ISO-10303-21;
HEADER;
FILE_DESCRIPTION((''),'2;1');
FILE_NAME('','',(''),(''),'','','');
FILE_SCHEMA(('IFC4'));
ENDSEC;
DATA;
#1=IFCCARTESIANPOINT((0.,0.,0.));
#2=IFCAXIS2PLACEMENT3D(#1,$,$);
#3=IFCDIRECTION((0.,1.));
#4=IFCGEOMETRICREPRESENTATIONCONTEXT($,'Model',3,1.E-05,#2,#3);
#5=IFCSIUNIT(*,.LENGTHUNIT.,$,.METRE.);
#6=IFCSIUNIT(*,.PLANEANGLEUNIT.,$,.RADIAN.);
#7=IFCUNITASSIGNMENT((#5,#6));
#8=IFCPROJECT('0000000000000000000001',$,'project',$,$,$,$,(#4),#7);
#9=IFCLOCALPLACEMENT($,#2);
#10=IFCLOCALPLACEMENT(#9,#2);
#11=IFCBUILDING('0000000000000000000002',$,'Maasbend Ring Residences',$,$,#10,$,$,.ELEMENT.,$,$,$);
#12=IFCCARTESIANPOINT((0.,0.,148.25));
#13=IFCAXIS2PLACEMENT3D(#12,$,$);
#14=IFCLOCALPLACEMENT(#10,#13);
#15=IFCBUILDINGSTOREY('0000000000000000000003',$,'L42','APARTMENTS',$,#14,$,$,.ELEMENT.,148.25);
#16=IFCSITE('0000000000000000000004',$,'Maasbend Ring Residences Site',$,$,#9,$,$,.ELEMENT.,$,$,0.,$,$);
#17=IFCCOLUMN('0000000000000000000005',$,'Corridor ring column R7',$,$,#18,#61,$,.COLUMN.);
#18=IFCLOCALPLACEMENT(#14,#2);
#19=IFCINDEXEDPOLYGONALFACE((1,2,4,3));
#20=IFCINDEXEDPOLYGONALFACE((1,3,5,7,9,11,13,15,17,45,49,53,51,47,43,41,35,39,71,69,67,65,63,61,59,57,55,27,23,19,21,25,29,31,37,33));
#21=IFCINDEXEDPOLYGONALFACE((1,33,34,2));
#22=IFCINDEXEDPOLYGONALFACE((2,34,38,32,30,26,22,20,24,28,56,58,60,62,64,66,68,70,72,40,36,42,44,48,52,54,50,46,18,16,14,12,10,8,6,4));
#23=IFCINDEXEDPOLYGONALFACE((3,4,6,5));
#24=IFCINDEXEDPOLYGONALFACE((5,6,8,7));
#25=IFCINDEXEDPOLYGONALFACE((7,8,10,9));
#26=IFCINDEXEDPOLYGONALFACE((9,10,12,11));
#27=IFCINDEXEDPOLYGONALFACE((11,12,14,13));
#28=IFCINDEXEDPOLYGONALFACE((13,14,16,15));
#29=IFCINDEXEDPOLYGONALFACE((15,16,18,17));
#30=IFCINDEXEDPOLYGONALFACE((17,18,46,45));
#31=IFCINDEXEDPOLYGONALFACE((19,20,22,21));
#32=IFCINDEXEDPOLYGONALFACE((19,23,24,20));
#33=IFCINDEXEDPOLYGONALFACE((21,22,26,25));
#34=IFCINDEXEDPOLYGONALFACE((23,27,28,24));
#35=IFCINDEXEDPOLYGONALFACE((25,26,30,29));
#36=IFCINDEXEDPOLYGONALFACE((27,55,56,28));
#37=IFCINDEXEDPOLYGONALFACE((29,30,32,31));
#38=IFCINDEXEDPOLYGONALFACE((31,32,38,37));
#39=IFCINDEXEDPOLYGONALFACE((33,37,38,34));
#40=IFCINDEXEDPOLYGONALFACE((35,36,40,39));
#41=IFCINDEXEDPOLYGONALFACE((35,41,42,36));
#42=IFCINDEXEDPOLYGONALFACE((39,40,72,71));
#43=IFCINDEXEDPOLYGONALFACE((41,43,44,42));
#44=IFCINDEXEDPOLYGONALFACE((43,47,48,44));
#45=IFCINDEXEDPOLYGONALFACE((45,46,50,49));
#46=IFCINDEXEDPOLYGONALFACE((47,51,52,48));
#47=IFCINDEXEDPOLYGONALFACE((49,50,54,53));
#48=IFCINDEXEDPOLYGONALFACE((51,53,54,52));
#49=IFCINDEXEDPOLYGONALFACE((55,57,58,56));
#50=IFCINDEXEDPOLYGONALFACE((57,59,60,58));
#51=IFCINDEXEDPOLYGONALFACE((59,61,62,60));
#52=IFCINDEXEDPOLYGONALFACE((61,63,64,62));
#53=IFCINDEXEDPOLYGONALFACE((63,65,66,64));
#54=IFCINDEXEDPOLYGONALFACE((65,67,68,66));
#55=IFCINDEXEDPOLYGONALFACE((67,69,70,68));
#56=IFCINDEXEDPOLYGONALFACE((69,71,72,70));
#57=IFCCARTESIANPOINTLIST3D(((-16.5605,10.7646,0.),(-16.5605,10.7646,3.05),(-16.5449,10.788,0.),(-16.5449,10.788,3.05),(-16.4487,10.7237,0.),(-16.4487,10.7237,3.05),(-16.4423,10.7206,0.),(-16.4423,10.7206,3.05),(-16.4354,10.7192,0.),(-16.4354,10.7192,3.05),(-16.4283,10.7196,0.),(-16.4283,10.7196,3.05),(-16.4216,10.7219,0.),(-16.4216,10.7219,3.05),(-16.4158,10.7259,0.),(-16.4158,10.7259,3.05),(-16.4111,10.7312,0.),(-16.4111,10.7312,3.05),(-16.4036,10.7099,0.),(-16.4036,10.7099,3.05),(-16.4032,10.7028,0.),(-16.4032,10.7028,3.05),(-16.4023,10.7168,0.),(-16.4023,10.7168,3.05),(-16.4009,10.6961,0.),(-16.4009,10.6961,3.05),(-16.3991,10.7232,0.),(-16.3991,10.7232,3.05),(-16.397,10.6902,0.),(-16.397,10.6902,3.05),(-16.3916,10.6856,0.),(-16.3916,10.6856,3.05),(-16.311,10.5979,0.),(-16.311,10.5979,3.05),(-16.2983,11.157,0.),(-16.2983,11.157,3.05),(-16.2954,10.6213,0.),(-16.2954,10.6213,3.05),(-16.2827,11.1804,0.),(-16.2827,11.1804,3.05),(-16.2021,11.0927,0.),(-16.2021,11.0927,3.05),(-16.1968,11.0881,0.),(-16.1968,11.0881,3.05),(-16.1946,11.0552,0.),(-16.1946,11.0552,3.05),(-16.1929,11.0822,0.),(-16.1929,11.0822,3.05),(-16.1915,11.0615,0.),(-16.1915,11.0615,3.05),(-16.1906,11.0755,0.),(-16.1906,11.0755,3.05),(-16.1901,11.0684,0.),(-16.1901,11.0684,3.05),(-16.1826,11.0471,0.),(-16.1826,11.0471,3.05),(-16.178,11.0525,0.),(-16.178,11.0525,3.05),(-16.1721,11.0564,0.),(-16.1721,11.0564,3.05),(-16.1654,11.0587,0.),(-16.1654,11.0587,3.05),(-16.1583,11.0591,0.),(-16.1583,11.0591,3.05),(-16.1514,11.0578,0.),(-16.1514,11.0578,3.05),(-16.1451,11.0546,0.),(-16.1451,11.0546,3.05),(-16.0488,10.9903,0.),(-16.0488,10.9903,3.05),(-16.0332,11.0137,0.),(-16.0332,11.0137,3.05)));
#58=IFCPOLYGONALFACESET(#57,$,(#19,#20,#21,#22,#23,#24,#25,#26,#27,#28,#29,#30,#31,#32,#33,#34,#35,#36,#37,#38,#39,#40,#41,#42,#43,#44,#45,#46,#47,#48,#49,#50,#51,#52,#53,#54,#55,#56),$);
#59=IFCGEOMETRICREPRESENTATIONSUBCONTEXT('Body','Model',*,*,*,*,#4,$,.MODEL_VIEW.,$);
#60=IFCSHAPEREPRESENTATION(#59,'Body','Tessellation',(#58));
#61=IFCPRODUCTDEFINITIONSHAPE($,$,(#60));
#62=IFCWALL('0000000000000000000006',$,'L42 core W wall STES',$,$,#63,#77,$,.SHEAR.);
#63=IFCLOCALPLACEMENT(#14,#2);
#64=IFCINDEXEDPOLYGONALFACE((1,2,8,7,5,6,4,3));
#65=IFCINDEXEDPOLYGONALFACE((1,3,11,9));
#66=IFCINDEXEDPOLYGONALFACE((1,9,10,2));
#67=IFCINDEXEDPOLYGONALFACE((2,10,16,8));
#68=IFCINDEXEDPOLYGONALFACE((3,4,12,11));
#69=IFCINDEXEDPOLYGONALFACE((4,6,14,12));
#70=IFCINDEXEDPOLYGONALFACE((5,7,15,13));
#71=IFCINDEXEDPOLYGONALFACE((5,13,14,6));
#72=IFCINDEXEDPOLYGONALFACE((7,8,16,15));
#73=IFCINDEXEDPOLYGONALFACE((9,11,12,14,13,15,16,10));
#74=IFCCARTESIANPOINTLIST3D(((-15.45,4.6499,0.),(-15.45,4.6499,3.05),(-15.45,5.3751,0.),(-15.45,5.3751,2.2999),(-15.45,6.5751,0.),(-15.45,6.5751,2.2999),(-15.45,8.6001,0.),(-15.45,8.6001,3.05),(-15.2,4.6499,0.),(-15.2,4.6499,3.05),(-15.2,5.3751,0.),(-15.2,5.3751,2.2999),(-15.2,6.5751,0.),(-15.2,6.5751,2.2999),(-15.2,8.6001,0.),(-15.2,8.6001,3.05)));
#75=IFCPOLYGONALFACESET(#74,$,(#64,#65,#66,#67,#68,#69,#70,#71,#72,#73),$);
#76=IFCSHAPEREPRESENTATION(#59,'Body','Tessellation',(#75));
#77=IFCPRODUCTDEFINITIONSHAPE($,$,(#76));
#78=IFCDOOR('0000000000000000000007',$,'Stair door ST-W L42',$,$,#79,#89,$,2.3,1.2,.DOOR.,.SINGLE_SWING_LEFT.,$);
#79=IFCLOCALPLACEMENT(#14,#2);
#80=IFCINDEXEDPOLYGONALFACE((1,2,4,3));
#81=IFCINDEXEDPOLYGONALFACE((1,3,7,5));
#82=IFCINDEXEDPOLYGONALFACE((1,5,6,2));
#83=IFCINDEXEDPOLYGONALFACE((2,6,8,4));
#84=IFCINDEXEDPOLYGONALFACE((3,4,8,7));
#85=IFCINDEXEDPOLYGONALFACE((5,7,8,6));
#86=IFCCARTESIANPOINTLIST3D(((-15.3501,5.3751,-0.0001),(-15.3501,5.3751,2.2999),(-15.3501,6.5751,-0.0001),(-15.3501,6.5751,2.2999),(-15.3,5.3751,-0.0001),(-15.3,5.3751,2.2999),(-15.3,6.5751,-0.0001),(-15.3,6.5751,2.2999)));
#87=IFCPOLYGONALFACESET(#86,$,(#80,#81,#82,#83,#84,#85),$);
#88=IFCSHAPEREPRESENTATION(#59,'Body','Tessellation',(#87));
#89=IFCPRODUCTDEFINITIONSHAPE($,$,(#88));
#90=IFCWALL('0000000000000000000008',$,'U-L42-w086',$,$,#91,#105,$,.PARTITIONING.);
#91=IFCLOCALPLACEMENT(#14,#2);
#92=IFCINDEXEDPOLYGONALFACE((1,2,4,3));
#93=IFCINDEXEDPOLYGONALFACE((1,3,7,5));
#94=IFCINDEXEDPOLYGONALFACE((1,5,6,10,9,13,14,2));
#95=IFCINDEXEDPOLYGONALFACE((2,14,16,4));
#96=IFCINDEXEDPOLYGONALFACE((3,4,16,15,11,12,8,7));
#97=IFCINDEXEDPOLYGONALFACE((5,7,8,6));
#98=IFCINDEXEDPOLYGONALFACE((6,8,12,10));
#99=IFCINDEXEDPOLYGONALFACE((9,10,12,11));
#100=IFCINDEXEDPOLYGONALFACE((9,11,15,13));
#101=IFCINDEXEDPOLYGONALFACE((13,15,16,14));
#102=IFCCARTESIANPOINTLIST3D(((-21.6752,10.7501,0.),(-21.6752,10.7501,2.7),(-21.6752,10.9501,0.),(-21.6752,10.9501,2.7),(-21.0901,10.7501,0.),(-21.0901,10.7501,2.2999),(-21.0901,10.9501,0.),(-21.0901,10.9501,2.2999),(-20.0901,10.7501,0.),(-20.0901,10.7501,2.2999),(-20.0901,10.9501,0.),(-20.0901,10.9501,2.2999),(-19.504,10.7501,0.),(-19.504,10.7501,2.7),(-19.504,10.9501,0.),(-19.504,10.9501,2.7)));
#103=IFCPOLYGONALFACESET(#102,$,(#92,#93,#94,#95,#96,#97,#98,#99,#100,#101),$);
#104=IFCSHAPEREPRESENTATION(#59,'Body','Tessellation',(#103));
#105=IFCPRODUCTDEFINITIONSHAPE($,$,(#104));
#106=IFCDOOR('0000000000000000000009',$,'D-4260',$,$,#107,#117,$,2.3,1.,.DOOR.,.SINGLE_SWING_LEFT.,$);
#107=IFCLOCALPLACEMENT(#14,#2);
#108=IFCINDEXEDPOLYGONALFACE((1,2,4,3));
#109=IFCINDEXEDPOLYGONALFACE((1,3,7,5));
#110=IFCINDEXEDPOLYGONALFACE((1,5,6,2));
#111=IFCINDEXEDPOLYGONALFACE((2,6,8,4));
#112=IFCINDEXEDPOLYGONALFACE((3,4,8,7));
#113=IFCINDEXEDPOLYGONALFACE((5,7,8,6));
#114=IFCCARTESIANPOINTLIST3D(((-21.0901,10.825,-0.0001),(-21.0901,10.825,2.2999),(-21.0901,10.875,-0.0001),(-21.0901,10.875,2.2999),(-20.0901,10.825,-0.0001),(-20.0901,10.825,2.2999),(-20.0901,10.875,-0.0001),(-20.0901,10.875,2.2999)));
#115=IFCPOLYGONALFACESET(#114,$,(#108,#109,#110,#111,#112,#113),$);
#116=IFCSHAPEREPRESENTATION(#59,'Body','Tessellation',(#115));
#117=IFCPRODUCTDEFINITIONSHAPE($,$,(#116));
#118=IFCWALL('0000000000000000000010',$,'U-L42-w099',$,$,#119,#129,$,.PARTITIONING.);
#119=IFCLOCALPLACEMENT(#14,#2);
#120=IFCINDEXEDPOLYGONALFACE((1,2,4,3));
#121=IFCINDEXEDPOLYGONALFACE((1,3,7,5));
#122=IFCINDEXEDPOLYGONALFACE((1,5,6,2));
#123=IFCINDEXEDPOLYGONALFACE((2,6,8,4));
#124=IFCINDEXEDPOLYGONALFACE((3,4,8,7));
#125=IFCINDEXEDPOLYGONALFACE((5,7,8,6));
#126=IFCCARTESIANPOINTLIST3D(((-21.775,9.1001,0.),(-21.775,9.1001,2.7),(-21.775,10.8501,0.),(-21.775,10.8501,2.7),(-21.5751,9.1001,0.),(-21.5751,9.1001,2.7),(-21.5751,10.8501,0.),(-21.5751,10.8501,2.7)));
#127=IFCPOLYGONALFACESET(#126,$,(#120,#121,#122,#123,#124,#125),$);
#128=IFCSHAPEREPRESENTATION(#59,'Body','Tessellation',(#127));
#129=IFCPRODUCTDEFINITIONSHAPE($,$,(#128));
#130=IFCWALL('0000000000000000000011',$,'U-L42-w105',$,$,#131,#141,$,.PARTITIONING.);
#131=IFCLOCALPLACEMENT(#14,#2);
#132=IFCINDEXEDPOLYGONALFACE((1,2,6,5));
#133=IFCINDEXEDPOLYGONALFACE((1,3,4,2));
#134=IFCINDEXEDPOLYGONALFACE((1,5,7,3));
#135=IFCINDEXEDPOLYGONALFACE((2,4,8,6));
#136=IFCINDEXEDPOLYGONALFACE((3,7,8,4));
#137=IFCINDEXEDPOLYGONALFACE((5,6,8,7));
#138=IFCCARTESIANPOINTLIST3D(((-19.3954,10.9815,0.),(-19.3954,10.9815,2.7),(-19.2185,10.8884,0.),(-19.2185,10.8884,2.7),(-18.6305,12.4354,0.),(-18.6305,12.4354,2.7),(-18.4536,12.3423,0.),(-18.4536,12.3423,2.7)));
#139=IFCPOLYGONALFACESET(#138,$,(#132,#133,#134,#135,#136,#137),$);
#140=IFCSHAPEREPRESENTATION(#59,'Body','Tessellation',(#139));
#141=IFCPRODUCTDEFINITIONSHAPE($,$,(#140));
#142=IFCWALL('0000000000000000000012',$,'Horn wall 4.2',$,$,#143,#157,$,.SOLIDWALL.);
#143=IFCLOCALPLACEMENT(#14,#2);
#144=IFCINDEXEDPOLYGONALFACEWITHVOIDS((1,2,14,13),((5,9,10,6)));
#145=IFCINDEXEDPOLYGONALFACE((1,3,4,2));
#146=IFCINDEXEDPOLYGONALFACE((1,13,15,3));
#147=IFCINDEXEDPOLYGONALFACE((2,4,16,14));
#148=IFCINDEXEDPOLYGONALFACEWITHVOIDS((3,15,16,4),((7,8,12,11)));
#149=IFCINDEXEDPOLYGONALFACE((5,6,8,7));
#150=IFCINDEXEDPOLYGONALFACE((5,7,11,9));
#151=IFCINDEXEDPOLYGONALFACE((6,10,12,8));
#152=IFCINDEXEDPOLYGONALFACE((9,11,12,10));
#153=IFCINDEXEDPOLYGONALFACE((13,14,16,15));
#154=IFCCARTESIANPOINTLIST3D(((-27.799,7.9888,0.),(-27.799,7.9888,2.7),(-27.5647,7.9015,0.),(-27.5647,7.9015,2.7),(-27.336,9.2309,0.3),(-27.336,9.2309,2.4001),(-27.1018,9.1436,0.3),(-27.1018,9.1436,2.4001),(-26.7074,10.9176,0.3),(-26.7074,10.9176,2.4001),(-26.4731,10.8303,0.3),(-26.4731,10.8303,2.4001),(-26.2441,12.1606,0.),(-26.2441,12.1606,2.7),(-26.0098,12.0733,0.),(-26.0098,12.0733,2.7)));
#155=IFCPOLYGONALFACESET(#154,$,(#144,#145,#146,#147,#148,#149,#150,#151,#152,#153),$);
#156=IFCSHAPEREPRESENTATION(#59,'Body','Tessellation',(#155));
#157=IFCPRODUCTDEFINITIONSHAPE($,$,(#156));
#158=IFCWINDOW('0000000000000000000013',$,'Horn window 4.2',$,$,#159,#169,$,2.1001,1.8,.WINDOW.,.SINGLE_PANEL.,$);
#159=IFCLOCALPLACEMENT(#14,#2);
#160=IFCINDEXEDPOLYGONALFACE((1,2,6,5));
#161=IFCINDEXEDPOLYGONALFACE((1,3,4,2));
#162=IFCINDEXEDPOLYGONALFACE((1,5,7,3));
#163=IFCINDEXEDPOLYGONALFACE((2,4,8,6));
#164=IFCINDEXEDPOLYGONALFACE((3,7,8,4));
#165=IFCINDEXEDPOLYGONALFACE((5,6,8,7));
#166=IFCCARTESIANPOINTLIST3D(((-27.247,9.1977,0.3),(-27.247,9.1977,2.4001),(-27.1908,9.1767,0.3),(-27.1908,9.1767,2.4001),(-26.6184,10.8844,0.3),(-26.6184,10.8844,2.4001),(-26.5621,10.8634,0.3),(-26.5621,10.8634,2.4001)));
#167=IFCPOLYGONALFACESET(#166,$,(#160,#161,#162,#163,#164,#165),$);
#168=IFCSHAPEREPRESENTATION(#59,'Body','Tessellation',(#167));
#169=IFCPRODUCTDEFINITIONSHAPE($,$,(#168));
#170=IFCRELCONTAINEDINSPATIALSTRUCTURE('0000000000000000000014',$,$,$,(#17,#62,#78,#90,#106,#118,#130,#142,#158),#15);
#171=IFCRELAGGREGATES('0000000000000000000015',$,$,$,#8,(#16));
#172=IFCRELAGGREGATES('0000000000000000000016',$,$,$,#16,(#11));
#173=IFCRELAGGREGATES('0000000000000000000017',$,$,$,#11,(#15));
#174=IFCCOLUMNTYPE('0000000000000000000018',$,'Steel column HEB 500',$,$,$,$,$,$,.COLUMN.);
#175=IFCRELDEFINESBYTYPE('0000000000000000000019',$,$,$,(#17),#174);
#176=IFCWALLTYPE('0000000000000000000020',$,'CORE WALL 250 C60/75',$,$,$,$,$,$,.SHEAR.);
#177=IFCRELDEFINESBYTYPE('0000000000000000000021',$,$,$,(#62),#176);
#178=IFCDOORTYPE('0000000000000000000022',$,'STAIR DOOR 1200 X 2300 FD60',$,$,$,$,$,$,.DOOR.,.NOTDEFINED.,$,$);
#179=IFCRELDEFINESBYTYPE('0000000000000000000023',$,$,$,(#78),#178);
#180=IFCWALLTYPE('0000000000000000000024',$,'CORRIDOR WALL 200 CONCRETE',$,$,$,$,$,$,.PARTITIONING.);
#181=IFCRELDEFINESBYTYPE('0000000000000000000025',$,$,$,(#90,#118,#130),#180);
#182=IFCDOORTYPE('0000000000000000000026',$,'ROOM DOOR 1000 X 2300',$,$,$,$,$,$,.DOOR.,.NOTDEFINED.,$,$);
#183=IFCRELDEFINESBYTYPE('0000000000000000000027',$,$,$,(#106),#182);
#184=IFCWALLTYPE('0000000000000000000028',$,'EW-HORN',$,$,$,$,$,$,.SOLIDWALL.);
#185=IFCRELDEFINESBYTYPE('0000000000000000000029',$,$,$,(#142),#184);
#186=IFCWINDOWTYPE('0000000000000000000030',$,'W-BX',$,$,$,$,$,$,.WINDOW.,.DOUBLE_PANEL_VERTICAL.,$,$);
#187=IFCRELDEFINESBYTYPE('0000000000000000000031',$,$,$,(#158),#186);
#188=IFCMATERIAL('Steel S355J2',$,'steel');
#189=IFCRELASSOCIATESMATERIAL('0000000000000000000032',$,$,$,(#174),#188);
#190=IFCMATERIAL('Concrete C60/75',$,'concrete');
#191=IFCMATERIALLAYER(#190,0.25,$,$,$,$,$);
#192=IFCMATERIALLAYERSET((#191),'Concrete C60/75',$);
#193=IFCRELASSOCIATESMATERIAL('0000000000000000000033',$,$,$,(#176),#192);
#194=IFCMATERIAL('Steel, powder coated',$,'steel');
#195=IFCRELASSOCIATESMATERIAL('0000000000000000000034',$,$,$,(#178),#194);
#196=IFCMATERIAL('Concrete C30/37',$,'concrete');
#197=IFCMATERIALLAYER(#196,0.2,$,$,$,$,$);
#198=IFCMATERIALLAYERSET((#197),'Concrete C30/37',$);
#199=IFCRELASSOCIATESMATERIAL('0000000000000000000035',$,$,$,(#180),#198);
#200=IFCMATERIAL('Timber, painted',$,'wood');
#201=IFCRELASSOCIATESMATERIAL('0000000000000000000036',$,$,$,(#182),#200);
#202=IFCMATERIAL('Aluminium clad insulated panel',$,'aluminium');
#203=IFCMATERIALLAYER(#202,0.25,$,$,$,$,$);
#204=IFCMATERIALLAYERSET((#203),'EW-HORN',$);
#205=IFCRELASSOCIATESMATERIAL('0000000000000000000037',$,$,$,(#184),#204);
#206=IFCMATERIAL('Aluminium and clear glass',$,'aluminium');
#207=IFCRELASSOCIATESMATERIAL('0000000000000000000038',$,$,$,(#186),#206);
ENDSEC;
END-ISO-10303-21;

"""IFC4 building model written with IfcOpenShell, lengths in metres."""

from ifc_helpers import new_model, si_unit, direction, frame, frame_2d, origin, origin_2d, place, context, subcontext, project, spatial, rectangle, i_section, extrude, material, layer, layer_set, material_profile, profile_set, type_object, element, fill, save


model = new_model("IFC4")

# Units and contexts
model_context = context("Model", 3, precision=1e-05, world=origin(), true_north=direction((0.0, 1.0)))
body_context = subcontext(model_context, "Body", "Model", "MODEL_VIEW")
ifc_project = project(units=[si_unit("LENGTHUNIT", "METRE"), si_unit("PLANEANGLEUNIT", "RADIAN")], contexts=[model_context])

# Site, building, storey
site_placement = place(None, origin())
site = spatial("IfcSite", under=ifc_project, at=site_placement, Name="Maasbend Ring Residences Site", CompositionType="ELEMENT", RefElevation=0.0)
building_placement = place(site_placement, origin())
building = spatial("IfcBuilding", under=site, at=building_placement, Name="Maasbend Ring Residences", CompositionType="ELEMENT")
storey_placement = place(building_placement, frame((0.0, 0.0, 148.25)))
storey = spatial("IfcBuildingStorey", under=building, at=storey_placement, Name="L42", Description="APARTMENTS", CompositionType="ELEMENT", Elevation=148.25)

# Column
ifc_material_1 = material(Name="Steel S355J2", Category="steel")
ifc_material_profile = material_profile(ifc_material_1, i_section(OverallWidth=0.3, OverallDepth=0.5, WebThickness=0.0144, FlangeThickness=0.0281, FilletRadius=0.0271, at=origin_2d()), Name="HEB 500")
ifc_profile_set = profile_set([ifc_material_profile], Name="Steel S355J2")
column_type = type_object("IfcColumnType", Name="Steel column HEB 500", PredefinedType="COLUMN", material=ifc_profile_set)
column_placement = place(storey_placement, frame((-16.2969, 10.8892, 0.0), z_axis=(0.0, 0.0, 1.0), x_axis=(-0.83147, 0.55557, 0.0)))
element("IfcColumn", 1, at=column_placement, inside=storey, type_object=column_type, Name="Corridor ring column R7", PredefinedType="COLUMN", context=body_context, shape_type="SweptSolid", body=[
    extrude(i_section(OverallWidth=0.3, OverallDepth=0.5, WebThickness=0.0144, FlangeThickness=0.0281, FilletRadius=0.0271, at=origin_2d()), origin(), (0.0, 0.0, 1.0), 3.05),
])

# Walls, openings, doors
ifc_material_2 = material(Name="Concrete C60/75", Category="concrete")
ifc_layer_1 = layer(ifc_material_2, 0.25)
ifc_layer_set_1 = layer_set([ifc_layer_1], Name="Concrete C60/75")
wall_type_1 = type_object("IfcWallType", Name="CORE WALL 250 C60/75", PredefinedType="SHEAR", material=ifc_layer_set_1)
wall_1_placement = place(storey_placement, frame((-15.325, 8.6001, 0.0), z_axis=(0.0, 0.0, 1.0), x_axis=(0.0, -1.0, 0.0)))
wall_1 = element("IfcWall", 2, at=wall_1_placement, inside=storey, type_object=wall_type_1, Name="L42 core W wall STES", PredefinedType="SHEAR", context=body_context, shape_type="SweptSolid", body=[
    extrude(rectangle(XDim=3.9502, YDim=0.25, at=frame_2d((1.9751, 0.0))), origin(), (0.0, 0.0, 1.0), 3.05),
])
opening_1_placement = place(wall_1_placement, frame((2.0249, 0.0, 0.0)))
opening_1 = element("IfcOpeningElement", 3, at=opening_1_placement, cuts=wall_1, PredefinedType="OPENING", context=body_context, shape_type="SweptSolid", body=[
    extrude(rectangle(XDim=1.2, YDim=2.3, at=frame_2d((0.6001, 1.1499))), frame((0.0, 0.135, 0.0), z_axis=(0.0, -1.0, 0.0), x_axis=(1.0, 0.0, 0.0)), (0.0, 0.0, 1.0), 0.27),
])
ifc_material_3 = material(Name="Steel, powder coated", Category="steel")
door_type_1 = type_object("IfcDoorType", Name="STAIR DOOR 1200 X 2300 FD60", OperationType="NOTDEFINED", PredefinedType="DOOR", material=ifc_material_3)
door_1_placement = place(opening_1_placement, origin())
door_1 = element("IfcDoor", 4, at=door_1_placement, inside=storey, type_object=door_type_1, Name="Stair door ST-W L42", OperationType="SINGLE_SWING_LEFT", OverallHeight=2.3, OverallWidth=1.2, PredefinedType="DOOR", context=body_context, shape_type="SweptSolid", body=[
    extrude(rectangle(XDim=1.2, YDim=2.3, at=frame_2d((0.6001, 1.1499))), frame((0.0, 0.0249, 0.0), z_axis=(0.0, -1.0, 0.0), x_axis=(1.0, 0.0, 0.0)), (0.0, 0.0, 1.0), 0.05),
])
fill(opening_1, door_1)
ifc_material_4 = material(Name="Concrete C30/37", Category="concrete")
ifc_layer_2 = layer(ifc_material_4, 0.2)
ifc_layer_set_2 = layer_set([ifc_layer_2], Name="Concrete C30/37")
wall_type_2 = type_object("IfcWallType", Name="CORRIDOR WALL 200 CONCRETE", PredefinedType="PARTITIONING", material=ifc_layer_set_2)
wall_2_placement = place(storey_placement, frame((-21.675, 10.8501, 0.0), z_axis=(0.0, 0.0, 1.0), x_axis=(1.0, 0.0, 0.0)))
wall_2 = element("IfcWall", 5, at=wall_2_placement, inside=storey, type_object=wall_type_2, Name="U-L42-w086", PredefinedType="PARTITIONING", context=body_context, shape_type="SweptSolid", body=[
    extrude(rectangle(XDim=2.1711, YDim=0.2, at=frame_2d((1.0854, 0.0))), origin(), (0.0, 0.0, 1.0), 2.7),
])
opening_2_placement = place(wall_2_placement, frame((0.585, 0.0, 0.0)))
opening_2 = element("IfcOpeningElement", 6, at=opening_2_placement, cuts=wall_2, PredefinedType="OPENING", context=body_context, shape_type="SweptSolid", body=[
    extrude(rectangle(XDim=1.0, YDim=2.3, at=frame_2d((0.5, 1.1499))), frame((0.0, 0.1099, 0.0), z_axis=(0.0, -1.0, 0.0), x_axis=(1.0, 0.0, 0.0)), (0.0, 0.0, 1.0), 0.22),
])
ifc_material_5 = material(Name="Timber, painted", Category="wood")
door_type_2 = type_object("IfcDoorType", Name="ROOM DOOR 1000 X 2300", OperationType="NOTDEFINED", PredefinedType="DOOR", material=ifc_material_5)
door_2_placement = place(opening_2_placement, origin())
door_2 = element("IfcDoor", 7, at=door_2_placement, inside=storey, type_object=door_type_2, Name="D-4260", OperationType="SINGLE_SWING_LEFT", OverallHeight=2.3, OverallWidth=1.0, PredefinedType="DOOR", context=body_context, shape_type="SweptSolid", body=[
    extrude(rectangle(XDim=1.0, YDim=2.3, at=frame_2d((0.5, 1.1499))), frame((0.0, 0.0249, 0.0), z_axis=(0.0, -1.0, 0.0), x_axis=(1.0, 0.0, 0.0)), (0.0, 0.0, 1.0), 0.05),
])
fill(opening_2, door_2)

# Walls
wall_3_placement = place(storey_placement, frame((-21.675, 9.1001, 0.0), z_axis=(0.0, 0.0, 1.0), x_axis=(0.0, 1.0, 0.0)))
element("IfcWall", 8, at=wall_3_placement, inside=storey, type_object=wall_type_2, Name="U-L42-w099", PredefinedType="PARTITIONING", context=body_context, shape_type="SweptSolid", body=[
    extrude(rectangle(XDim=1.75, YDim=0.2, at=frame_2d((0.875, 0.0))), origin(), (0.0, 0.0, 1.0), 2.7),
])
wall_4_placement = place(storey_placement, frame((-19.3069, 10.9351, 0.0), z_axis=(0.0, 0.0, 1.0), x_axis=(0.465606, 0.884992, 0.0)))
element("IfcWall", 9, at=wall_4_placement, inside=storey, type_object=wall_type_2, Name="U-L42-w105", PredefinedType="PARTITIONING", context=body_context, shape_type="SweptSolid", body=[
    extrude(rectangle(XDim=1.6428, YDim=0.2, at=frame_2d((0.8213, 0.0))), origin(), (0.0, 0.0, 1.0), 2.7),
])

# Wall, opening, window
ifc_material_6 = material(Name="Aluminium clad insulated panel", Category="aluminium")
ifc_layer_3 = layer(ifc_material_6, 0.25)
ifc_layer_set_3 = layer_set([ifc_layer_3], Name="EW-HORN")
wall_type_3 = type_object("IfcWallType", Name="EW-HORN", PredefinedType="SOLIDWALL", material=ifc_layer_set_3)
wall_5_placement = place(storey_placement, frame((-26.127, 12.1169, 0.0), z_axis=(0.0, 0.0, 1.0), x_axis=(-0.349248, -0.93703, 0.0)))
wall_5 = element("IfcWall", 10, at=wall_5_placement, inside=storey, type_object=wall_type_3, Name="Horn wall 4.2", PredefinedType="SOLIDWALL", context=body_context, shape_type="SweptSolid", body=[
    extrude(rectangle(XDim=4.4521, YDim=0.25, at=frame_2d((2.2261, 0.0))), origin(), (0.0, 0.0, 1.0), 2.7),
])
opening_3_placement = place(wall_5_placement, frame((1.3267, 0.0, 0.3)))
opening_3 = element("IfcOpeningElement", 11, at=opening_3_placement, cuts=wall_5, PredefinedType="OPENING", context=body_context, shape_type="SweptSolid", body=[
    extrude(rectangle(XDim=1.8, YDim=2.1001, at=frame_2d((0.8999, 1.05))), frame((0.0, 0.135, 0.0), z_axis=(0.0, -1.0, 0.0), x_axis=(1.0, 0.0, 0.0)), (0.0, 0.0, 1.0), 0.27),
])
ifc_material_7 = material(Name="Aluminium and clear glass", Category="aluminium")
window_type_1 = type_object("IfcWindowType", Name="W-BX", PartitioningType="DOUBLE_PANEL_VERTICAL", PredefinedType="WINDOW", material=ifc_material_7)
window_1_placement = place(opening_3_placement, origin())
window_1 = element("IfcWindow", 12, at=window_1_placement, inside=storey, type_object=window_type_1, Name="Horn window 4.2", OverallHeight=2.1001, OverallWidth=1.8, PartitioningType="SINGLE_PANEL", PredefinedType="WINDOW", context=body_context, shape_type="SweptSolid", body=[
    extrude(rectangle(XDim=1.8, YDim=2.1001, at=frame_2d((0.8999, 1.05))), frame((0.0, 0.03, 0.0), z_axis=(0.0, -1.0, 0.0), x_axis=(1.0, 0.0, 0.0)), (0.0, 0.0, 1.0), 0.0601),
])
fill(opening_3, window_1)

save(model, "model.ifc")
